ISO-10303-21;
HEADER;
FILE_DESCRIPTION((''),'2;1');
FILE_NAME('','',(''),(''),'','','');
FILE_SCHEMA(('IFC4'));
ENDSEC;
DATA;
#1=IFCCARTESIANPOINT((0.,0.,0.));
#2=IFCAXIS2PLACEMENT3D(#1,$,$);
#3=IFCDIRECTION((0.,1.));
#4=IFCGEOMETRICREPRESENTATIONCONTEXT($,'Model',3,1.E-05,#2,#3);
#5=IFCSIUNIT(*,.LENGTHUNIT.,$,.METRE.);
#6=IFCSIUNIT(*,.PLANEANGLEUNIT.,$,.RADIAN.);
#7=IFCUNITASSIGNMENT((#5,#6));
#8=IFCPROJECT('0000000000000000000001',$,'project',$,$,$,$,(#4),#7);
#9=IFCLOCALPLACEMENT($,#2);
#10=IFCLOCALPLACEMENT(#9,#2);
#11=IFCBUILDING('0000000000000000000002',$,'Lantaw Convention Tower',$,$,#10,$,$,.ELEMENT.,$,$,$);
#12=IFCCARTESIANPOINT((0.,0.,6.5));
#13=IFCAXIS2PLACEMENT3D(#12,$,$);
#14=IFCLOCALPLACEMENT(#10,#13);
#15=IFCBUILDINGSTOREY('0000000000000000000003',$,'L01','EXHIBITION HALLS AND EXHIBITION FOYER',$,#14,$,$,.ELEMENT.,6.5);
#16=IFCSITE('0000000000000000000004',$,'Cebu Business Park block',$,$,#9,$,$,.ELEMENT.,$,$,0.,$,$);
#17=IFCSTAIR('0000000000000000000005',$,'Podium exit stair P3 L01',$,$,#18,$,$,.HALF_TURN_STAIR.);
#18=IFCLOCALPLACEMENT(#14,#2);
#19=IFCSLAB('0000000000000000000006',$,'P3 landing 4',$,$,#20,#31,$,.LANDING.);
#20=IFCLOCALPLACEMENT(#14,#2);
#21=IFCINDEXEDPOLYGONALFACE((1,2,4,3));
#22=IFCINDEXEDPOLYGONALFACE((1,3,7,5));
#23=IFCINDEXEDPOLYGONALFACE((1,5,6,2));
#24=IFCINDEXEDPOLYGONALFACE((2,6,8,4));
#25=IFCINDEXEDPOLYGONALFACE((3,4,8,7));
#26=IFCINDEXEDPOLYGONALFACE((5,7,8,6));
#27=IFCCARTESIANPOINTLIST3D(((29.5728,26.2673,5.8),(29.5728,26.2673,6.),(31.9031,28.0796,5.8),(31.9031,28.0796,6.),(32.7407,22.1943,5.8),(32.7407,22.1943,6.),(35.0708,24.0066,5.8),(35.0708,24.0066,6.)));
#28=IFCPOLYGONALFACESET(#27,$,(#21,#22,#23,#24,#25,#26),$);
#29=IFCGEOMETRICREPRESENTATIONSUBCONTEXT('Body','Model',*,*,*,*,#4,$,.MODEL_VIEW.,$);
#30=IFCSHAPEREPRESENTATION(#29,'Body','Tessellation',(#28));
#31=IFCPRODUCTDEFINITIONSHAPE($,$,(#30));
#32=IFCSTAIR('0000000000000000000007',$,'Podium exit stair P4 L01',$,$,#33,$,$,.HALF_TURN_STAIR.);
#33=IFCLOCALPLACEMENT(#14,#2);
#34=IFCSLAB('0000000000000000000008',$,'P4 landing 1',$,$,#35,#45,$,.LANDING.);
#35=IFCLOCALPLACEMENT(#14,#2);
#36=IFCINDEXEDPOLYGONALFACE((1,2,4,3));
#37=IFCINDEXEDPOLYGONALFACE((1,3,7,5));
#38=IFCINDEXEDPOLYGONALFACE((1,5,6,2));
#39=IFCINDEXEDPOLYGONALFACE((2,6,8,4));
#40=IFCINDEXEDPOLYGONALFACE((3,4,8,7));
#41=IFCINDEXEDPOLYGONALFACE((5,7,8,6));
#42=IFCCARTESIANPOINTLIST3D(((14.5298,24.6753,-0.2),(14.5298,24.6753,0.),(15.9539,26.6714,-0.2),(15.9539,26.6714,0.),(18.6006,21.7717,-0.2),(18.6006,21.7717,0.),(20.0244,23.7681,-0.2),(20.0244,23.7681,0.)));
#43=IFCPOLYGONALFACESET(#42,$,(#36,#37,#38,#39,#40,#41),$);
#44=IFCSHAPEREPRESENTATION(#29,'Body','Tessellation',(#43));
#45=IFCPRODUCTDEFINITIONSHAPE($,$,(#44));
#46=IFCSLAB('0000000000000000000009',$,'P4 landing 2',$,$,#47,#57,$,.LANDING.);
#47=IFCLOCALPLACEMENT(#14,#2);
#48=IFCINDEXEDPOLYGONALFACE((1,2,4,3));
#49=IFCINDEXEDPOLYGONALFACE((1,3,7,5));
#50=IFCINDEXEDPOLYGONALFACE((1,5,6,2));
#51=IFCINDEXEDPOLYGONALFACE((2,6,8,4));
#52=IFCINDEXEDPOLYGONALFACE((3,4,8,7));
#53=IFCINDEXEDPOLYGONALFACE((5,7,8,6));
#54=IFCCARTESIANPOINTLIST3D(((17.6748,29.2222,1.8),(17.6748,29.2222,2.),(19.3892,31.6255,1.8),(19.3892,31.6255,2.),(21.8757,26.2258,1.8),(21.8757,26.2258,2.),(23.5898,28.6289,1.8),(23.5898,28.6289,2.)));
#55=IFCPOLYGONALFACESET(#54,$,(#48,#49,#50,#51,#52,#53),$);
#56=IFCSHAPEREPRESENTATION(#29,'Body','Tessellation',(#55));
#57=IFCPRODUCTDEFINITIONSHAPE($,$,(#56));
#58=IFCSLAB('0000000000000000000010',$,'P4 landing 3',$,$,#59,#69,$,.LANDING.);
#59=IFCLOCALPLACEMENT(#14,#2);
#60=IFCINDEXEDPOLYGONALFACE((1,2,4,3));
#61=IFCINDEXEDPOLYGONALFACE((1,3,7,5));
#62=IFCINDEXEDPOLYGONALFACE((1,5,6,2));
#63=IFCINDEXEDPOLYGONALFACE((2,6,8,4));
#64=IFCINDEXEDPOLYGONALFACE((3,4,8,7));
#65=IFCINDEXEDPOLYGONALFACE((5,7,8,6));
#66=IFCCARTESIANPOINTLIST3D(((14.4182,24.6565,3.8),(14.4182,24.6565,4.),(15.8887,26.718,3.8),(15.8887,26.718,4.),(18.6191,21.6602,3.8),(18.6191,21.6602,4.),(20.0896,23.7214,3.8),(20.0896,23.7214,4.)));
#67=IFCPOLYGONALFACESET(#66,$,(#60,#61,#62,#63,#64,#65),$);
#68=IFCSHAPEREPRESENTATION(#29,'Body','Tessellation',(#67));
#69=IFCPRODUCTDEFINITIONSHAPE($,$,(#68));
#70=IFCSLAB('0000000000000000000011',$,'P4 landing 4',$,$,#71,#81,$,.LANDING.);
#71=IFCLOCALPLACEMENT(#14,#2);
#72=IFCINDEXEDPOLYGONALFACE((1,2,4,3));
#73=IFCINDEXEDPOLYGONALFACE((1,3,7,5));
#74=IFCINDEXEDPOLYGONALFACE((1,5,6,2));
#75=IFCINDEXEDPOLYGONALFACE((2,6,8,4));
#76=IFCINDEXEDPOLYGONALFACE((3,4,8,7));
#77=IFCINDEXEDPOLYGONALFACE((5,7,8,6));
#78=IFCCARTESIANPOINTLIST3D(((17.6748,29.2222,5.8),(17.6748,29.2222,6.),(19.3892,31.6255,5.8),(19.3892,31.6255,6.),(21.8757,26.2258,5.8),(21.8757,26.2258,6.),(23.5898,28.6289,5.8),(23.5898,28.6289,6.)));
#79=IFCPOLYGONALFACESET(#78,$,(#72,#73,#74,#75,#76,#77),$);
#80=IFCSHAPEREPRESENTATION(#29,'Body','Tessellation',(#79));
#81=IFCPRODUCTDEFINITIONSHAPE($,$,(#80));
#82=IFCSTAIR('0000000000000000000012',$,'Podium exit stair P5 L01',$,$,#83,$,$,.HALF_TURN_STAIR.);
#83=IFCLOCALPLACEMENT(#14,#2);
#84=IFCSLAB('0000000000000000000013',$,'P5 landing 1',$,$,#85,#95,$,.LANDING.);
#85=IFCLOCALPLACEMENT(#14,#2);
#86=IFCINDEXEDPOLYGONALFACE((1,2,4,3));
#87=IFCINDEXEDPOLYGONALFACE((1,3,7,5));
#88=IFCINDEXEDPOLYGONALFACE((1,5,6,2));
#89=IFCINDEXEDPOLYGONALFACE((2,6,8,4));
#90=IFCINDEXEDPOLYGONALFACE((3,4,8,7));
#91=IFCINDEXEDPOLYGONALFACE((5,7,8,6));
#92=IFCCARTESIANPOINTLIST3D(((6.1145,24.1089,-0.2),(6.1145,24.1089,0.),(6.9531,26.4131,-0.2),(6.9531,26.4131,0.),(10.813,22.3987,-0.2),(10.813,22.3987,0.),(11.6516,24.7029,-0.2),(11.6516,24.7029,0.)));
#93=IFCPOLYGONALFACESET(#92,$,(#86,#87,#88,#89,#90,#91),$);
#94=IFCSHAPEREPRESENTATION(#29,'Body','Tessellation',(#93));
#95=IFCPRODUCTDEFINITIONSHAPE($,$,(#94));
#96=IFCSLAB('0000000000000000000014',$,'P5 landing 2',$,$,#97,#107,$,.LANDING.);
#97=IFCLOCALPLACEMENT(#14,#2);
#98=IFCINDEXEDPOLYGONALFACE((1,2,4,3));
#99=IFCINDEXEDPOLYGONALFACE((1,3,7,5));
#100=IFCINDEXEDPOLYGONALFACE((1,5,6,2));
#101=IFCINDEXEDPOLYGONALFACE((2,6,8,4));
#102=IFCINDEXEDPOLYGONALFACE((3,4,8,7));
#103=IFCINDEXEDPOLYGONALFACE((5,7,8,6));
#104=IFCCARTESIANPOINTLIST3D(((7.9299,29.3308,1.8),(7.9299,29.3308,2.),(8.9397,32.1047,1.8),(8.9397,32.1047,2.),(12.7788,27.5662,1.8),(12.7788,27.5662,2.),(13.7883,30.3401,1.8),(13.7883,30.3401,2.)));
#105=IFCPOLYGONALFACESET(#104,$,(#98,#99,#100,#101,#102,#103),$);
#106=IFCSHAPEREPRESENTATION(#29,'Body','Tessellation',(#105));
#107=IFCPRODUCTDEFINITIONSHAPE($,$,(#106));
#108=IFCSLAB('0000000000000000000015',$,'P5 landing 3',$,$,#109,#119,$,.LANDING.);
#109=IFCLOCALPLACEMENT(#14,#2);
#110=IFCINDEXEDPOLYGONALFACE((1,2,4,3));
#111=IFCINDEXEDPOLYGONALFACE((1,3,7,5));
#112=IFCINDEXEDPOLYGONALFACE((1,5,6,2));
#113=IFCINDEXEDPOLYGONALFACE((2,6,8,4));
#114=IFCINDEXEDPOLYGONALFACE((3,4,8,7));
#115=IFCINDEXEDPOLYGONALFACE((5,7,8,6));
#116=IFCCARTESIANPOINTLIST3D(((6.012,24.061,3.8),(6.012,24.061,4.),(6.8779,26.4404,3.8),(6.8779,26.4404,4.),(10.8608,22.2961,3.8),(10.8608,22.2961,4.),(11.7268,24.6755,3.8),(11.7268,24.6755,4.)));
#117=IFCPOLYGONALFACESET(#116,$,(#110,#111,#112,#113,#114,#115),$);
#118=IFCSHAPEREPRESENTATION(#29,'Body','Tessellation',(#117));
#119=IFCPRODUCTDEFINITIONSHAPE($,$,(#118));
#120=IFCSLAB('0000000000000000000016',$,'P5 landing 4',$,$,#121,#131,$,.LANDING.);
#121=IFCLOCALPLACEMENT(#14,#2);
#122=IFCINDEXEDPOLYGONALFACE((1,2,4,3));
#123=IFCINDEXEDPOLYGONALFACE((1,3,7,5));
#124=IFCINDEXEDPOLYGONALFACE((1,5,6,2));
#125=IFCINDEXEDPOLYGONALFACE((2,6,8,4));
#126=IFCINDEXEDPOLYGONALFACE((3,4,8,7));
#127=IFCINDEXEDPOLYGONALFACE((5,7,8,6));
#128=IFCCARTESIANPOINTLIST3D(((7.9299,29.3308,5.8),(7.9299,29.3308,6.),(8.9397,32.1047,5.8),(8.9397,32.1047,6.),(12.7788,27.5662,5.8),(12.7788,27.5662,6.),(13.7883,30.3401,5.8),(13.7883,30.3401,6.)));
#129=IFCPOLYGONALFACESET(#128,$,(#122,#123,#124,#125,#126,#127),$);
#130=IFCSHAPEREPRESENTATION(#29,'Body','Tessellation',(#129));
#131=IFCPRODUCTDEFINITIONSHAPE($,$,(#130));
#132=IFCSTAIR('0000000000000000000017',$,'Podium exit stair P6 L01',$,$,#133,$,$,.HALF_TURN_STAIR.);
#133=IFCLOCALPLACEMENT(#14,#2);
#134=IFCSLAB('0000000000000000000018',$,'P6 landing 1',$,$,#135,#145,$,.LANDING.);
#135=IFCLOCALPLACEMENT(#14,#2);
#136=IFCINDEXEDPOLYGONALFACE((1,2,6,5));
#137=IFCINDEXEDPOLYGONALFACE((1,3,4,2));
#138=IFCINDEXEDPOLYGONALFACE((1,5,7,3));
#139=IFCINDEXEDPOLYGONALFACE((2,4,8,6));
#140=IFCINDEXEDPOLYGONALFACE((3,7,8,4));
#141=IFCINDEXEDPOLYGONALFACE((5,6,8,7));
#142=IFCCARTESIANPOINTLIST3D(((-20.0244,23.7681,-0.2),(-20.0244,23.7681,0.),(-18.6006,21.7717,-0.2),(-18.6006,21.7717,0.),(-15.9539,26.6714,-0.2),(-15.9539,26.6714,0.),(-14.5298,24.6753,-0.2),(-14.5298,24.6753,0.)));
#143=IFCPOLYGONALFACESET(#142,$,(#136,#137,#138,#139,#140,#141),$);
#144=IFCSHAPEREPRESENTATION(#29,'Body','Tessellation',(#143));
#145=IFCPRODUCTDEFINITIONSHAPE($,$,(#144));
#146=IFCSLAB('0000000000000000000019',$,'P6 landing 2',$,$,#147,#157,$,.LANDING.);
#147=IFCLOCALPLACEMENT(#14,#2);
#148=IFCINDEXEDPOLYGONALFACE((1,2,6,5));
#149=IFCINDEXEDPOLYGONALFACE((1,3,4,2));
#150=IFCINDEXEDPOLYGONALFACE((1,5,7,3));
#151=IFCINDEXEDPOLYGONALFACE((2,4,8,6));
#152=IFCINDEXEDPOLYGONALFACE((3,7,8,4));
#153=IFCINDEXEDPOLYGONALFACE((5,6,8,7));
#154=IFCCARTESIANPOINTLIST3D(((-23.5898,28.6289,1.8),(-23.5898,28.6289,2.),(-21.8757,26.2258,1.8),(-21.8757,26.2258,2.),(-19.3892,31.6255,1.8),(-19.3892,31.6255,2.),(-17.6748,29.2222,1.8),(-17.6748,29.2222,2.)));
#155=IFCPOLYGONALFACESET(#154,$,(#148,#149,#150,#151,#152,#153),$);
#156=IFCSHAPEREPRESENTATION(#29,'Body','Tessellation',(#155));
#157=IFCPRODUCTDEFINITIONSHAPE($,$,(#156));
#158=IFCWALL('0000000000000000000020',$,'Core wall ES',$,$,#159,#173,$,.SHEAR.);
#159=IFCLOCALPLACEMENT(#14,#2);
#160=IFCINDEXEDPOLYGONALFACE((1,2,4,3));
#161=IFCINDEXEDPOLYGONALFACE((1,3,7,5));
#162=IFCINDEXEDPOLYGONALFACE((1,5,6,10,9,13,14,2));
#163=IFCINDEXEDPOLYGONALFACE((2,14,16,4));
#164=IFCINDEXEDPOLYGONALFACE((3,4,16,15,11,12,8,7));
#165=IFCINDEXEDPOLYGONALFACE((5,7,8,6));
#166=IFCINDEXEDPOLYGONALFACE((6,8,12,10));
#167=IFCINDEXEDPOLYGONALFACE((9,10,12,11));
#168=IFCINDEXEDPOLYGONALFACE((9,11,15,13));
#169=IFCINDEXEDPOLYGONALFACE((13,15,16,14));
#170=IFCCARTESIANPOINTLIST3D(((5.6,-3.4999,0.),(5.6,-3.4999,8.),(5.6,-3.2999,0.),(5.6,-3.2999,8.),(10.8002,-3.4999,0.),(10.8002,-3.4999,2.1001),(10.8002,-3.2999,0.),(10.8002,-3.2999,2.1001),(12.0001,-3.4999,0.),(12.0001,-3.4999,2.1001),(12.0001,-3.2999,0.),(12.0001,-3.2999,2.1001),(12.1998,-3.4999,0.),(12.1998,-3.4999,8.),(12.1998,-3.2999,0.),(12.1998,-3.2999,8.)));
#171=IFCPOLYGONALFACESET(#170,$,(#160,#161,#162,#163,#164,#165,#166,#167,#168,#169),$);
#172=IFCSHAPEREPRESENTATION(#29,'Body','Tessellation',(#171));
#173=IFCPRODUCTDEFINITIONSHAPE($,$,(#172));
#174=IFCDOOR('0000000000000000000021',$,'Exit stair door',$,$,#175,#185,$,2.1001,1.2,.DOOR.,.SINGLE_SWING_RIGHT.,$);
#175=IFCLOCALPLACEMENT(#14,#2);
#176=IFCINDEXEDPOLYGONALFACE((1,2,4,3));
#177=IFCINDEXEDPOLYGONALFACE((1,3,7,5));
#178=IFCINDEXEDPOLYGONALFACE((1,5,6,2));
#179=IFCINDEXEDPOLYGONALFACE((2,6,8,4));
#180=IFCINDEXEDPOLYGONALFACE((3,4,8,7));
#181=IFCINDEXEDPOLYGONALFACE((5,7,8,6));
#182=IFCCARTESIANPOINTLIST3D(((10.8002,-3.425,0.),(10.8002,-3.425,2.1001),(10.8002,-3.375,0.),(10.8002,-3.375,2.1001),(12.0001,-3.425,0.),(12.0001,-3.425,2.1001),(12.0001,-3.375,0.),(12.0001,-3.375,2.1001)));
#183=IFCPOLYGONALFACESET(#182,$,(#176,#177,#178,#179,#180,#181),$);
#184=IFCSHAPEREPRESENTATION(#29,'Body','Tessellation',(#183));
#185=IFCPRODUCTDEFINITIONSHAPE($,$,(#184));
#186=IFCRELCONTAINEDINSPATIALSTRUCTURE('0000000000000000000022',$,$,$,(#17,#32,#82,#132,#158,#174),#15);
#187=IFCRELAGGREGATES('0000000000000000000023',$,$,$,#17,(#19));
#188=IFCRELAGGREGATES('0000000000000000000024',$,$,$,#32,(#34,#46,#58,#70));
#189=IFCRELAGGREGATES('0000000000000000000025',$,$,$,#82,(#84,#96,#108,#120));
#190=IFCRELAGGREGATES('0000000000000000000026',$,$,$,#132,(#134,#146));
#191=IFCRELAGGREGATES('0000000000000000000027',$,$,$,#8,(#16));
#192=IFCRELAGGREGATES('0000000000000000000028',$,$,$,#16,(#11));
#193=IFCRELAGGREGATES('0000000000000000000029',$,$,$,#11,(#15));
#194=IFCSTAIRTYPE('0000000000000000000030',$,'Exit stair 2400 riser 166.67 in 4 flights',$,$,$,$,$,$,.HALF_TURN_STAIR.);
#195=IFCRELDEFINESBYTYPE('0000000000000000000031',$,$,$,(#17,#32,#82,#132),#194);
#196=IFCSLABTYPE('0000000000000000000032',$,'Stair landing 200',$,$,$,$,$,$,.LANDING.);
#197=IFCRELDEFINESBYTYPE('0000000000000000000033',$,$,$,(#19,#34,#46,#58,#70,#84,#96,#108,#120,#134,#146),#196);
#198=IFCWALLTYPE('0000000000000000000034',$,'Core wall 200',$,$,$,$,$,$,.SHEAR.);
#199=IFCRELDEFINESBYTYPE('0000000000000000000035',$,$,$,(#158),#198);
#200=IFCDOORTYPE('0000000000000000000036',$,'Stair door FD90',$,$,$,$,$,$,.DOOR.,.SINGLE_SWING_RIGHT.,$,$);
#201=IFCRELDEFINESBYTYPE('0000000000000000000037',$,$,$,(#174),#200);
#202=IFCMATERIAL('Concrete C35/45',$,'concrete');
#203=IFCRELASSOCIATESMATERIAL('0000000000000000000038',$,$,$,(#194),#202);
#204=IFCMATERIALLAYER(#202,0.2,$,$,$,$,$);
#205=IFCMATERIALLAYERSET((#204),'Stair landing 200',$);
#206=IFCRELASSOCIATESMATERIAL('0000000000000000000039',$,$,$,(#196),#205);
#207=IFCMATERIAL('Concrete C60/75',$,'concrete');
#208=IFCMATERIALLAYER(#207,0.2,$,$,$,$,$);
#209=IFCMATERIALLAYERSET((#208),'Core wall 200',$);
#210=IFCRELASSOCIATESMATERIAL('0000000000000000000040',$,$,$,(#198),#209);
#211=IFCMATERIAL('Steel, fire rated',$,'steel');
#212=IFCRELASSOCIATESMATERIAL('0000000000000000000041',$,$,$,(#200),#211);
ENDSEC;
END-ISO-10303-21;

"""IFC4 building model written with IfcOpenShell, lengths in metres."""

from ifc_helpers import new_model, si_unit, direction, frame, frame_2d, origin, place, context, subcontext, project, spatial, polyline, rectangle, outline, extrude, material, layer, layer_set, type_object, element, fill, aggregate, save


model = new_model("IFC4")

# Units and contexts
model_context = context("Model", 3, precision=1e-05, world=origin(), true_north=direction((0.0, 1.0)))
body_context = subcontext(model_context, "Body", "Model", "MODEL_VIEW")
ifc_project = project(units=[si_unit("LENGTHUNIT", "METRE"), si_unit("PLANEANGLEUNIT", "RADIAN")], contexts=[model_context])

# Site, building, storey
site_placement = place(None, origin())
site = spatial("IfcSite", under=ifc_project, at=site_placement, Name="Cebu Business Park block", CompositionType="ELEMENT", RefElevation=0.0)
building_placement = place(site_placement, origin())
building = spatial("IfcBuilding", under=site, at=building_placement, Name="Lantaw Convention Tower", CompositionType="ELEMENT")
storey_placement = place(building_placement, frame((0.0, 0.0, 6.5)))
storey = spatial("IfcBuildingStorey", under=building, at=storey_placement, Name="L01", Description="EXHIBITION HALLS AND EXHIBITION FOYER", CompositionType="ELEMENT", Elevation=6.5)

# Stairs, slabs
ifc_material_1 = material(Name="Concrete C35/45", Category="concrete")
stair_type = type_object("IfcStairType", Name="Exit stair 2400 riser 166.67 in 4 flights", PredefinedType="HALF_TURN_STAIR", material=ifc_material_1)
stair_1_placement = place(storey_placement, origin())
stair_1 = element("IfcStair", 1, at=stair_1_placement, inside=storey, type_object=stair_type, Name="Podium exit stair P3 L01", PredefinedType="HALF_TURN_STAIR")
ifc_layer_1 = layer(ifc_material_1, 0.2)
ifc_layer_set_1 = layer_set([ifc_layer_1], Name="Stair landing 200")
slab_type = type_object("IfcSlabType", Name="Stair landing 200", PredefinedType="LANDING", material=ifc_layer_set_1)
slab_1_placement = place(storey_placement, frame((0.0, 0.0, 5.8)))
slab_1 = element("IfcSlab", 2, at=slab_1_placement, type_object=slab_type, Name="P3 landing 4", PredefinedType="LANDING", context=body_context, shape_type="SweptSolid", body=[
    extrude(outline(polyline([(32.7407, 22.1943), (35.0708, 24.0066), (31.9031, 28.0796), (29.5728, 26.2673), (32.7407, 22.1943)])), origin(), (0.0, 0.0, 1.0), 0.2),
])
aggregate(stair_1, [slab_1])
stair_2_placement = place(storey_placement, origin())
stair_2 = element("IfcStair", 3, at=stair_2_placement, inside=storey, type_object=stair_type, Name="Podium exit stair P4 L01", PredefinedType="HALF_TURN_STAIR")
slab_2_placement = place(storey_placement, frame((0.0, 0.0, -0.2)))
slab_2 = element("IfcSlab", 4, at=slab_2_placement, type_object=slab_type, Name="P4 landing 1", PredefinedType="LANDING", context=body_context, shape_type="SweptSolid", body=[
    extrude(outline(polyline([(18.6006, 21.7717), (20.0244, 23.7681), (15.9539, 26.6714), (14.5298, 24.6753), (18.6006, 21.7717)])), origin(), (0.0, 0.0, 1.0), 0.2),
])
slab_3_placement = place(storey_placement, frame((0.0, 0.0, 1.8)))
slab_3 = element("IfcSlab", 5, at=slab_3_placement, type_object=slab_type, Name="P4 landing 2", PredefinedType="LANDING", context=body_context, shape_type="SweptSolid", body=[
    extrude(outline(polyline([(21.8757, 26.2258), (23.5898, 28.6289), (19.3892, 31.6255), (17.6748, 29.2222), (21.8757, 26.2258)])), origin(), (0.0, 0.0, 1.0), 0.2),
])
slab_4_placement = place(storey_placement, frame((0.0, 0.0, 3.8)))
slab_4 = element("IfcSlab", 6, at=slab_4_placement, type_object=slab_type, Name="P4 landing 3", PredefinedType="LANDING", context=body_context, shape_type="SweptSolid", body=[
    extrude(outline(polyline([(18.6191, 21.6602), (20.0896, 23.7214), (15.8887, 26.718), (14.4182, 24.6565), (18.6191, 21.6602)])), origin(), (0.0, 0.0, 1.0), 0.2),
])
slab_5_placement = place(storey_placement, frame((0.0, 0.0, 5.8)))
slab_5 = element("IfcSlab", 7, at=slab_5_placement, type_object=slab_type, Name="P4 landing 4", PredefinedType="LANDING", context=body_context, shape_type="SweptSolid", body=[
    extrude(outline(polyline([(21.8757, 26.2258), (23.5898, 28.6289), (19.3892, 31.6255), (17.6748, 29.2222), (21.8757, 26.2258)])), origin(), (0.0, 0.0, 1.0), 0.2),
])
aggregate(stair_2, [slab_2, slab_3, slab_4, slab_5])
stair_3_placement = place(storey_placement, origin())
stair_3 = element("IfcStair", 8, at=stair_3_placement, inside=storey, type_object=stair_type, Name="Podium exit stair P5 L01", PredefinedType="HALF_TURN_STAIR")
slab_6_placement = place(storey_placement, frame((0.0, 0.0, -0.2)))
slab_6 = element("IfcSlab", 9, at=slab_6_placement, type_object=slab_type, Name="P5 landing 1", PredefinedType="LANDING", context=body_context, shape_type="SweptSolid", body=[
    extrude(outline(polyline([(10.813, 22.3987), (11.6516, 24.7029), (6.9531, 26.4131), (6.1145, 24.1089), (10.813, 22.3987)])), origin(), (0.0, 0.0, 1.0), 0.2),
])
slab_7_placement = place(storey_placement, frame((0.0, 0.0, 1.8)))
slab_7 = element("IfcSlab", 10, at=slab_7_placement, type_object=slab_type, Name="P5 landing 2", PredefinedType="LANDING", context=body_context, shape_type="SweptSolid", body=[
    extrude(outline(polyline([(12.7788, 27.5662), (13.7883, 30.3401), (8.9397, 32.1047), (7.9299, 29.3308), (12.7788, 27.5662)])), origin(), (0.0, 0.0, 1.0), 0.2),
])
slab_8_placement = place(storey_placement, frame((0.0, 0.0, 3.8)))
slab_8 = element("IfcSlab", 11, at=slab_8_placement, type_object=slab_type, Name="P5 landing 3", PredefinedType="LANDING", context=body_context, shape_type="SweptSolid", body=[
    extrude(outline(polyline([(10.8608, 22.2961), (11.7268, 24.6755), (6.8779, 26.4404), (6.012, 24.061), (10.8608, 22.2961)])), origin(), (0.0, 0.0, 1.0), 0.2),
])
slab_9_placement = place(storey_placement, frame((0.0, 0.0, 5.8)))
slab_9 = element("IfcSlab", 12, at=slab_9_placement, type_object=slab_type, Name="P5 landing 4", PredefinedType="LANDING", context=body_context, shape_type="SweptSolid", body=[
    extrude(outline(polyline([(12.7788, 27.5662), (13.7883, 30.3401), (8.9397, 32.1047), (7.9299, 29.3308), (12.7788, 27.5662)])), origin(), (0.0, 0.0, 1.0), 0.2),
])
aggregate(stair_3, [slab_6, slab_7, slab_8, slab_9])
stair_4_placement = place(storey_placement, origin())
stair_4 = element("IfcStair", 13, at=stair_4_placement, inside=storey, type_object=stair_type, Name="Podium exit stair P6 L01", PredefinedType="HALF_TURN_STAIR")
slab_10_placement = place(storey_placement, frame((0.0, 0.0, -0.2)))
slab_10 = element("IfcSlab", 14, at=slab_10_placement, type_object=slab_type, Name="P6 landing 1", PredefinedType="LANDING", context=body_context, shape_type="SweptSolid", body=[
    extrude(outline(polyline([(-14.5298, 24.6753), (-15.9539, 26.6714), (-20.0244, 23.7681), (-18.6006, 21.7717), (-14.5298, 24.6753)])), origin(), (0.0, 0.0, 1.0), 0.2),
])
slab_11_placement = place(storey_placement, frame((0.0, 0.0, 1.8)))
slab_11 = element("IfcSlab", 15, at=slab_11_placement, type_object=slab_type, Name="P6 landing 2", PredefinedType="LANDING", context=body_context, shape_type="SweptSolid", body=[
    extrude(outline(polyline([(-17.6748, 29.2222), (-19.3892, 31.6255), (-23.5898, 28.6289), (-21.8757, 26.2258), (-17.6748, 29.2222)])), origin(), (0.0, 0.0, 1.0), 0.2),
])
aggregate(stair_4, [slab_10, slab_11])

# Wall, opening, door
ifc_material_2 = material(Name="Concrete C60/75", Category="concrete")
ifc_layer_2 = layer(ifc_material_2, 0.2)
ifc_layer_set_2 = layer_set([ifc_layer_2], Name="Core wall 200")
wall_type_1 = type_object("IfcWallType", Name="Core wall 200", PredefinedType="SHEAR", material=ifc_layer_set_2)
wall_1_placement = place(storey_placement, frame((5.6001, -3.3999, 0.0), z_axis=(0.0, 0.0, 1.0), x_axis=(1.0, 0.0, 0.0)))
wall_1 = element("IfcWall", 16, at=wall_1_placement, inside=storey, type_object=wall_type_1, Name="Core wall ES", PredefinedType="SHEAR", context=body_context, shape_type="SweptSolid", body=[
    extrude(rectangle(XDim=6.5999, YDim=0.2, at=frame_2d((3.2998, 0.0))), origin(), (0.0, 0.0, 1.0), 8.0),
])
opening_1_placement = place(wall_1_placement, frame((5.2, 0.0, 0.0)))
opening_1 = element("IfcOpeningElement", 17, at=opening_1_placement, cuts=wall_1, PredefinedType="OPENING", context=body_context, shape_type="SweptSolid", body=[
    extrude(rectangle(XDim=1.2, YDim=2.1001, at=frame_2d((0.6001, 1.05))), frame((0.0, 0.1099, 0.0), z_axis=(0.0, -1.0, 0.0), x_axis=(1.0, 0.0, 0.0)), (0.0, 0.0, 1.0), 0.22),
])
ifc_material_3 = material(Name="Steel, fire rated", Category="steel")
door_type_1 = type_object("IfcDoorType", Name="Stair door FD90", OperationType="SINGLE_SWING_RIGHT", PredefinedType="DOOR", material=ifc_material_3)
door_1_placement = place(opening_1_placement, origin())
door_1 = element("IfcDoor", 18, at=door_1_placement, inside=storey, type_object=door_type_1, Name="Exit stair door", OperationType="SINGLE_SWING_RIGHT", OverallHeight=2.1001, OverallWidth=1.2, PredefinedType="DOOR", context=body_context, shape_type="SweptSolid", body=[
    extrude(rectangle(XDim=1.2, YDim=2.1001, at=frame_2d((0.6001, 1.05))), frame((0.0, 0.0249, 0.0), z_axis=(0.0, -1.0, 0.0), x_axis=(1.0, 0.0, 0.0)), (0.0, 0.0, 1.0), 0.05),
])
fill(opening_1, door_1)

save(model, "model.ifc")
